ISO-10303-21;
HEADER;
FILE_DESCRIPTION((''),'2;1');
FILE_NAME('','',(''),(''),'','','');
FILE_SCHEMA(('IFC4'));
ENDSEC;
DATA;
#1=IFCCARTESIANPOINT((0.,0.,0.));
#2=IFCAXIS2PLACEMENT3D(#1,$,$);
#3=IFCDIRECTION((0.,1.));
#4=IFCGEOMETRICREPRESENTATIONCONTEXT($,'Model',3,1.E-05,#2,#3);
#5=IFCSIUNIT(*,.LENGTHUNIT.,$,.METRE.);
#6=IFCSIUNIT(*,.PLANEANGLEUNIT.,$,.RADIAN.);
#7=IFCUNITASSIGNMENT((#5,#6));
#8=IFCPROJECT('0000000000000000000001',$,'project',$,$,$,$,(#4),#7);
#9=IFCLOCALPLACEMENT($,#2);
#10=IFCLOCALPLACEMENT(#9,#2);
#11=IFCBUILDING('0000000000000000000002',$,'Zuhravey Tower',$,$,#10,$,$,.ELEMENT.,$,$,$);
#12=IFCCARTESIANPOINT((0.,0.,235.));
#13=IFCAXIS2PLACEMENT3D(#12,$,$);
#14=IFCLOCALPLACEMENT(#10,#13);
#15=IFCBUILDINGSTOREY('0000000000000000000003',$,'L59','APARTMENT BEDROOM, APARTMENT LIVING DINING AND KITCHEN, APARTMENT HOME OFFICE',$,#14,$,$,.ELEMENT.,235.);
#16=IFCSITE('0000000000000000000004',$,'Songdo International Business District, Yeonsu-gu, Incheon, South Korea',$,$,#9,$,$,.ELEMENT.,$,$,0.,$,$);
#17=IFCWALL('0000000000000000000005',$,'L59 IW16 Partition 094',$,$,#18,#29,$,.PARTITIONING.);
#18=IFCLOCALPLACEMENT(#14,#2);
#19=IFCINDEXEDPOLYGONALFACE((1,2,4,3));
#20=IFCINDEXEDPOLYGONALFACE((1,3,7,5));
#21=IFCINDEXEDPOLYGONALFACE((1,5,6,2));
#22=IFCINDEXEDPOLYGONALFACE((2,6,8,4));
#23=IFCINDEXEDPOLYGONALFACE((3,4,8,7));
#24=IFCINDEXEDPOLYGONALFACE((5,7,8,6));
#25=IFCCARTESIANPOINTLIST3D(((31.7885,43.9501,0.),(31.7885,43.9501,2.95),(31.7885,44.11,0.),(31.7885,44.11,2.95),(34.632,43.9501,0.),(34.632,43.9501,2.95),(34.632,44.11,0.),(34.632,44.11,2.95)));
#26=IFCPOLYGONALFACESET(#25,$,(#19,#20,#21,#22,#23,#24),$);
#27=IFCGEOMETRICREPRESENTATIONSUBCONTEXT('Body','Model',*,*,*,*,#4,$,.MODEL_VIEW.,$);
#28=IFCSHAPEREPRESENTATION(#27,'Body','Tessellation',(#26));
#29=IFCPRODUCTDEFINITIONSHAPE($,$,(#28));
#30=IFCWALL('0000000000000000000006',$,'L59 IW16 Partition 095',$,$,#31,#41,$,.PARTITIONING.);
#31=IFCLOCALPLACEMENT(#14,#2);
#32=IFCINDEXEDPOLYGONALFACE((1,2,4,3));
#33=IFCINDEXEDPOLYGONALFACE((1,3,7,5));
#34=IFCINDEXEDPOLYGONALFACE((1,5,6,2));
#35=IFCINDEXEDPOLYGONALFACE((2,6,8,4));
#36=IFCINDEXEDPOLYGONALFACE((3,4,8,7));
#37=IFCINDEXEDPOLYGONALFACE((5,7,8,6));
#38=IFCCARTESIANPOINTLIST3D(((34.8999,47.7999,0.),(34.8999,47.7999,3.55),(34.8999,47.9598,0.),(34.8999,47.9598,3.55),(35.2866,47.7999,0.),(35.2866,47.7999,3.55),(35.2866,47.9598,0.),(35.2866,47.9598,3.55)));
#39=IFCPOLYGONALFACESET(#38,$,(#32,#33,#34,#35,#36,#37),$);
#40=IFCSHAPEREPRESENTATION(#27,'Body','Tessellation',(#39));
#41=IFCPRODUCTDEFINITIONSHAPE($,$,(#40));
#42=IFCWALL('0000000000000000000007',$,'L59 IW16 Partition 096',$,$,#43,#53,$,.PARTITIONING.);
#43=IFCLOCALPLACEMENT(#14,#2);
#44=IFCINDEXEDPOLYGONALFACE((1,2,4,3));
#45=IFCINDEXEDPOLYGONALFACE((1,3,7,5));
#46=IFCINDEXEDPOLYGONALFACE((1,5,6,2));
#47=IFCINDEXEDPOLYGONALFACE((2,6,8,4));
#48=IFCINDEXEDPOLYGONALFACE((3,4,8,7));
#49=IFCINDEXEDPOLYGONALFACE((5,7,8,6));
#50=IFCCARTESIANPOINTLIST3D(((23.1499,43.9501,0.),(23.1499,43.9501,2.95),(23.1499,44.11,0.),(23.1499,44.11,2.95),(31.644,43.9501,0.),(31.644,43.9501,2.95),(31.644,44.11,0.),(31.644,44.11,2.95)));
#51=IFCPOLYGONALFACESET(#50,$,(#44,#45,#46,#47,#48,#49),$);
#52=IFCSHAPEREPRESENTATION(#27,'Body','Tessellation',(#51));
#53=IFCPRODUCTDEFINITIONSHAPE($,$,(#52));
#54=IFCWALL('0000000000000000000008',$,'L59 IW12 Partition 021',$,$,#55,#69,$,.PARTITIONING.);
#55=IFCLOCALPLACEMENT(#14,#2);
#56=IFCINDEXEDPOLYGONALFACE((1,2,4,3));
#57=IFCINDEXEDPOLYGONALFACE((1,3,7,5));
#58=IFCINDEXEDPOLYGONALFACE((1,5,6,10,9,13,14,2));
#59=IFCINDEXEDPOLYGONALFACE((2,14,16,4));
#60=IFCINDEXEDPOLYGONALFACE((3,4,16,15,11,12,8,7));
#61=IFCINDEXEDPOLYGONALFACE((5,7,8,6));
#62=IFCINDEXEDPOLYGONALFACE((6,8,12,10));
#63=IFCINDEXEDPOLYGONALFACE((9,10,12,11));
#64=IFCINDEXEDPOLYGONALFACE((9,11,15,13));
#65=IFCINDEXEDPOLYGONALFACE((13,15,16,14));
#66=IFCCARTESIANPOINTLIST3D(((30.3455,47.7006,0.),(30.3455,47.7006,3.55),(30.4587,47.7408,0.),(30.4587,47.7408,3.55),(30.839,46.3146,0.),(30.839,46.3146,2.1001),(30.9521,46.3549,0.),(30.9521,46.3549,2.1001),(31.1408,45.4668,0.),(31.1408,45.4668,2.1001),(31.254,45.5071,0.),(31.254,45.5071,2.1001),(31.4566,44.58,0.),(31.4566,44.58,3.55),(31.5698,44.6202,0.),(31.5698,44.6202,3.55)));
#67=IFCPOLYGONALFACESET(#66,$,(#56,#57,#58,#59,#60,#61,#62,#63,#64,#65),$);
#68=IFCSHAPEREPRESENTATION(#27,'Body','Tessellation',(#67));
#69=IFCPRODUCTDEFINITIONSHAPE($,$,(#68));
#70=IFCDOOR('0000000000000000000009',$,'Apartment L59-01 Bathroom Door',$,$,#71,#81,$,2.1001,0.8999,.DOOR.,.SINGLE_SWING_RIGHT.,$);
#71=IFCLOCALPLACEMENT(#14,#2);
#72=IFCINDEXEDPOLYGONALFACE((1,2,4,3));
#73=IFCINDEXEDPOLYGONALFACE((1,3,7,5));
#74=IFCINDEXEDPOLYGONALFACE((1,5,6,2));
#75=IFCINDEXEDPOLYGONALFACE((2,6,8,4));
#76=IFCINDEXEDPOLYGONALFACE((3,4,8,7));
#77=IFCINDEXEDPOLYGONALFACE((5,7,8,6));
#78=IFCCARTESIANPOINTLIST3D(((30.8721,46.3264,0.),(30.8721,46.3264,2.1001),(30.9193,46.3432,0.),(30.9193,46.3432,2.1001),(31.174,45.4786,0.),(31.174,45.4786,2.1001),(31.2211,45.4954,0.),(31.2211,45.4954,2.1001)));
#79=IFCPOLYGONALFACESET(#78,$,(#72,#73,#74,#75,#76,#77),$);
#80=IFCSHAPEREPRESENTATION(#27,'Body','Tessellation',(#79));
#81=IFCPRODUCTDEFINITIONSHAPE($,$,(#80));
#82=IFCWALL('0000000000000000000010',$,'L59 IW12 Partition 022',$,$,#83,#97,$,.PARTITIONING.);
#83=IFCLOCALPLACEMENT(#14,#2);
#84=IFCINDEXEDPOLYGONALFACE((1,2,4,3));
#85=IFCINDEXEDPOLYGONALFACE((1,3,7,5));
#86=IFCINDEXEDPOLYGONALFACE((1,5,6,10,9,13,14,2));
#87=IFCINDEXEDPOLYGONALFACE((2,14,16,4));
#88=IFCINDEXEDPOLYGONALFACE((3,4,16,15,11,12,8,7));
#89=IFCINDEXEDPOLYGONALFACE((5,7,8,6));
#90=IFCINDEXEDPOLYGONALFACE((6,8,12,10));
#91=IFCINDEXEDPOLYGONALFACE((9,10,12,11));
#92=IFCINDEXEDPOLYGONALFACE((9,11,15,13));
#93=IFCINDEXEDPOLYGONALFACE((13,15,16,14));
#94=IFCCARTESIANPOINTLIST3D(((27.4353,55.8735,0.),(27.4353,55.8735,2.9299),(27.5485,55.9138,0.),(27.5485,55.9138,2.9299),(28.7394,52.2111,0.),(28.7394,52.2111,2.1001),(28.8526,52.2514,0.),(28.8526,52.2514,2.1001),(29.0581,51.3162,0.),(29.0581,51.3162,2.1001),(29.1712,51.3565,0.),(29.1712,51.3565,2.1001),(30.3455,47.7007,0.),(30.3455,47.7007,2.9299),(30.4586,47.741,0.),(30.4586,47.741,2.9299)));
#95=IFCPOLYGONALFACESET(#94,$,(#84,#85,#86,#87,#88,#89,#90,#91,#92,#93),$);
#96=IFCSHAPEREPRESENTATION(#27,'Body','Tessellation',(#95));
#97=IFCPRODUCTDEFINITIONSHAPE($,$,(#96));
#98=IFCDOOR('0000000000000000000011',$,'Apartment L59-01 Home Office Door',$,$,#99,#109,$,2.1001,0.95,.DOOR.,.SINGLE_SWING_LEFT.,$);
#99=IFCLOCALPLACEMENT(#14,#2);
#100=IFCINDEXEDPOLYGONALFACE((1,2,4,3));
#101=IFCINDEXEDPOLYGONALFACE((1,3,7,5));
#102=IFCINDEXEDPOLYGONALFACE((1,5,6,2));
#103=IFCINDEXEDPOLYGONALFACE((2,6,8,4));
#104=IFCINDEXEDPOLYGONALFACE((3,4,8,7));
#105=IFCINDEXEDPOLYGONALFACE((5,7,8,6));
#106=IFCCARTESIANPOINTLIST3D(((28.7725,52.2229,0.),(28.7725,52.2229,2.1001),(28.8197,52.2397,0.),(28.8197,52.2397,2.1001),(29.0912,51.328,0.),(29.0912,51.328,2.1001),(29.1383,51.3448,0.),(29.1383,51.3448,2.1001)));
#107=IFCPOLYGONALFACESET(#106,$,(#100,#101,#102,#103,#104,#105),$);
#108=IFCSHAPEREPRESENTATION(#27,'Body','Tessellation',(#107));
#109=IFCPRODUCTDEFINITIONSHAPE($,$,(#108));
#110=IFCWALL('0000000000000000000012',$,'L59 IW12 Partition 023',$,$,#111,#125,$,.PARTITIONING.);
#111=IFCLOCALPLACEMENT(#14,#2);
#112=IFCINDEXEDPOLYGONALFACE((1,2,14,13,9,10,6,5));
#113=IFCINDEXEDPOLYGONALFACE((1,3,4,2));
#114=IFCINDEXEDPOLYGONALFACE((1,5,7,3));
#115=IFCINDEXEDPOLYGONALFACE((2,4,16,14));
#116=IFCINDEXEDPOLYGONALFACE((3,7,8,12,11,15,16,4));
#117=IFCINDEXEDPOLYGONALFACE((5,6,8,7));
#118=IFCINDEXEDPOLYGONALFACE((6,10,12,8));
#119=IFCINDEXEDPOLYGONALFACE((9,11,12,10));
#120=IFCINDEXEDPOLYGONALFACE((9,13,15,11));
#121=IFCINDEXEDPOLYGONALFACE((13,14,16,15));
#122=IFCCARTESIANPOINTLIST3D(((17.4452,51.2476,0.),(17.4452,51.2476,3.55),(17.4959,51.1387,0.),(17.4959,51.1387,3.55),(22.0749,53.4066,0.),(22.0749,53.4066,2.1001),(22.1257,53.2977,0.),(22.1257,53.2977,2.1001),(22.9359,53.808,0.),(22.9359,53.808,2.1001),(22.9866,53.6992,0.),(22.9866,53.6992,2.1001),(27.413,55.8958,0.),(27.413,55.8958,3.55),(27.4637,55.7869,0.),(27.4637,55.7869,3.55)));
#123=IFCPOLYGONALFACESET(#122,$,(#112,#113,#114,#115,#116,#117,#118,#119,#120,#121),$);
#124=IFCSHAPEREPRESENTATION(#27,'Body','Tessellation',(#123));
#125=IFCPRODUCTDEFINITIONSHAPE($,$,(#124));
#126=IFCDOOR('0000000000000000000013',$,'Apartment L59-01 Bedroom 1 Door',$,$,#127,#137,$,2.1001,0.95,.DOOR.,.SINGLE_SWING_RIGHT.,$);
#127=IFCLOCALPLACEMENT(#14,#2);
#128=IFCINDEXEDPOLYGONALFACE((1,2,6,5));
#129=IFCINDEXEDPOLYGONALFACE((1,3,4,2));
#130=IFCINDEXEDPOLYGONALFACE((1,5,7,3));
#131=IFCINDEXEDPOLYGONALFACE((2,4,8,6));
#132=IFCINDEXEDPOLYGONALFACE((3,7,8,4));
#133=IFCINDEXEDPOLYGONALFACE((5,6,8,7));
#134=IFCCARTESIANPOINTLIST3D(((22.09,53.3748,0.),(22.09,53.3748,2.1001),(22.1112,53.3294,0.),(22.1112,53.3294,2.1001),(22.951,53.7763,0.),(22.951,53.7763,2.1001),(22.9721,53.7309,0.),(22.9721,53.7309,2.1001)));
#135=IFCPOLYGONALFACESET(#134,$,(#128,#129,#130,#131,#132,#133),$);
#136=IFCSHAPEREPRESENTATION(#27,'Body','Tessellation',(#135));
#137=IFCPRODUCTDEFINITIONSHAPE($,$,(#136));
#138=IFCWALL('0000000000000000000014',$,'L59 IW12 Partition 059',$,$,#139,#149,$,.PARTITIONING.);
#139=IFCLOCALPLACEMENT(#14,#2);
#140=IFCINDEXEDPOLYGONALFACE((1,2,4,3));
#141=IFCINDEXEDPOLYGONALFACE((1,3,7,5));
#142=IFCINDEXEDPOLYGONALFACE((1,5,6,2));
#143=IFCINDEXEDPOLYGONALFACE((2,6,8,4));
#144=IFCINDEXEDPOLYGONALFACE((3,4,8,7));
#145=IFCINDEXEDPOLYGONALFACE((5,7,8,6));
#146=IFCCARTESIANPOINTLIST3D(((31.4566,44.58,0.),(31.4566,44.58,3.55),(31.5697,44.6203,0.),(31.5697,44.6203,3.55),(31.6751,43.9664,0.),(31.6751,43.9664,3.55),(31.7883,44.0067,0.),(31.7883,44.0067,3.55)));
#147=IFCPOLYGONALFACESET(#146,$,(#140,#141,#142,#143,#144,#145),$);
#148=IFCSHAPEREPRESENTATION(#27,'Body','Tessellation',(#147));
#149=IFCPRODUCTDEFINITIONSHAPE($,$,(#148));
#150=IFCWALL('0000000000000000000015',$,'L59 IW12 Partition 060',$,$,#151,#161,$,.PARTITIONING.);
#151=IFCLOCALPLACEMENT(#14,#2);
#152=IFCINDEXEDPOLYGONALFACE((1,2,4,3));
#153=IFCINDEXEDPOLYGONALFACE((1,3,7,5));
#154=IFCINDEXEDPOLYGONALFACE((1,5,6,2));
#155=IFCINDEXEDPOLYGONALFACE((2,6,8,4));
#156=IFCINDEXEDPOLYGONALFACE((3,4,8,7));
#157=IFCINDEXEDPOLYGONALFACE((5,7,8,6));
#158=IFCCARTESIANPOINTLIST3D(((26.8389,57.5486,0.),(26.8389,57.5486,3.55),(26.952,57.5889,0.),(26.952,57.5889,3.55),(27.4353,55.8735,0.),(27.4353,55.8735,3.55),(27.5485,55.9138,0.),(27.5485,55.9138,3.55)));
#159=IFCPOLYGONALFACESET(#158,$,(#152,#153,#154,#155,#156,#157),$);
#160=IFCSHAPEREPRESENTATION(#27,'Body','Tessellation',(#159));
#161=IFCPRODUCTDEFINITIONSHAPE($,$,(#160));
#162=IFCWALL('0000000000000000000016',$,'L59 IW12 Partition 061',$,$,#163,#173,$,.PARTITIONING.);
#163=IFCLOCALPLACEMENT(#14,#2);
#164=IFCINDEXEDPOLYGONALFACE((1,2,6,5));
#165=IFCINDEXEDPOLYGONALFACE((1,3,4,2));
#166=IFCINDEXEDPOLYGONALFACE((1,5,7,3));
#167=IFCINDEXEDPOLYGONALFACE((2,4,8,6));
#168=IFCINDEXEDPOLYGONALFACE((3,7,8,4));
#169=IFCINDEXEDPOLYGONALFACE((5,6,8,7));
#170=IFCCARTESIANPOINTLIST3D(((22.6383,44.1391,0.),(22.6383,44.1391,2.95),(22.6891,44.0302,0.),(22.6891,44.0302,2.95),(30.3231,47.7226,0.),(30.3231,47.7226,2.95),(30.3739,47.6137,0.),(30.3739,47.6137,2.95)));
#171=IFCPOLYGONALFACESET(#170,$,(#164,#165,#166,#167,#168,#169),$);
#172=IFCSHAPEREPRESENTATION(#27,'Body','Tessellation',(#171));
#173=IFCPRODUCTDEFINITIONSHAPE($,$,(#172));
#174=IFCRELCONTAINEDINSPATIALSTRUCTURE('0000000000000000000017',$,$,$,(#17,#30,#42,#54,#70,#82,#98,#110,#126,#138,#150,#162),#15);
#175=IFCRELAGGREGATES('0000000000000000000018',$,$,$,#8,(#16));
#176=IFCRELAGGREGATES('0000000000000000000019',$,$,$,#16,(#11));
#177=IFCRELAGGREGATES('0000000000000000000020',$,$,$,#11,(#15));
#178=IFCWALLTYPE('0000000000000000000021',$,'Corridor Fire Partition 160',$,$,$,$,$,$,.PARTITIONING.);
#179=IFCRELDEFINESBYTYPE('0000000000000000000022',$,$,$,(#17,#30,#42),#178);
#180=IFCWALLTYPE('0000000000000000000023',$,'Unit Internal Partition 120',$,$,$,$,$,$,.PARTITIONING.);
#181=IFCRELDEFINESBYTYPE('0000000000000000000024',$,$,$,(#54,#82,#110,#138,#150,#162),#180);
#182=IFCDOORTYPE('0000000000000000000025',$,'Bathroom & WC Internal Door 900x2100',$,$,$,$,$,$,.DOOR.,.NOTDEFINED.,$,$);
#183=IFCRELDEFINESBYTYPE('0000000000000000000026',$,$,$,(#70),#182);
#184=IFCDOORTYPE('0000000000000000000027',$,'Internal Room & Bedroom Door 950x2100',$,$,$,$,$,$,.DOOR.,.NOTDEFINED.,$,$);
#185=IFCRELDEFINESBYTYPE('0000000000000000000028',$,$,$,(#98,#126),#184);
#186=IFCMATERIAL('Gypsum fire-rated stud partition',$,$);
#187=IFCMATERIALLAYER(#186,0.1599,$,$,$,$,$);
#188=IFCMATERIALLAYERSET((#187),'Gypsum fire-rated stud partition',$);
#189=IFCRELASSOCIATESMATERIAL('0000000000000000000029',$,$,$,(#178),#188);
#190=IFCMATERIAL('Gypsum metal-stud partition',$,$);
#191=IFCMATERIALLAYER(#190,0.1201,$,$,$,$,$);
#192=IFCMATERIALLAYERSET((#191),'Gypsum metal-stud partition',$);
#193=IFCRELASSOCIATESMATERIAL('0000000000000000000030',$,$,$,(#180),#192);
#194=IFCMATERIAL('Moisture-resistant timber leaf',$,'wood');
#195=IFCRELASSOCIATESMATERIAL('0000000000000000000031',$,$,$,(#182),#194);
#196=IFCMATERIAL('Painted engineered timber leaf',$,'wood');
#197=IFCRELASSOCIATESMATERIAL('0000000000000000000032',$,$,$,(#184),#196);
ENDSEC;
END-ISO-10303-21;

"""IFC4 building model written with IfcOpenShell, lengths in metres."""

from ifc_helpers import new_model, si_unit, direction, frame, frame_2d, origin, place, context, subcontext, project, spatial, rectangle, extrude, material, layer, layer_set, type_object, element, fill, save


model = new_model("IFC4")

# Units and contexts
model_context = context("Model", 3, precision=1e-05, world=origin(), true_north=direction((0.0, 1.0)))
body_context = subcontext(model_context, "Body", "Model", "MODEL_VIEW")
ifc_project = project(units=[si_unit("LENGTHUNIT", "METRE"), si_unit("PLANEANGLEUNIT", "RADIAN")], contexts=[model_context])

# Site, building, storey
site_placement = place(None, origin())
site = spatial("IfcSite", under=ifc_project, at=site_placement, Name="Songdo International Business District, Yeonsu-gu, Incheon, South Korea", CompositionType="ELEMENT", RefElevation=0.0)
building_placement = place(site_placement, origin())
building = spatial("IfcBuilding", under=site, at=building_placement, Name="Zuhravey Tower", CompositionType="ELEMENT")
storey_placement = place(building_placement, frame((0.0, 0.0, 235.0)))
storey = spatial("IfcBuildingStorey", under=building, at=storey_placement, Name="L59", Description="APARTMENT BEDROOM, APARTMENT LIVING DINING AND KITCHEN, APARTMENT HOME OFFICE", CompositionType="ELEMENT", Elevation=235.0)

# Shared definitions
ifc_material_1 = material(Name="Gypsum fire-rated stud partition")
ifc_layer_1 = layer(ifc_material_1, 0.1599)
ifc_layer_set_1 = layer_set([ifc_layer_1], Name="Gypsum fire-rated stud partition")
wall_type_1 = type_object("IfcWallType", Name="Corridor Fire Partition 160", PredefinedType="PARTITIONING", material=ifc_layer_set_1)

# Walls
wall_1_placement = place(storey_placement, frame((34.6321, 44.03, 0.0), z_axis=(0.0, 0.0, 1.0), x_axis=(-1.0, 0.0, 0.0)))
element("IfcWall", 1, at=wall_1_placement, inside=storey, type_object=wall_type_1, Name="L59 IW16 Partition 094", PredefinedType="PARTITIONING", context=body_context, shape_type="SweptSolid", body=[
    extrude(rectangle(XDim=2.8435, YDim=0.1599, at=frame_2d((1.4219, 0.0))), origin(), (0.0, 0.0, 1.0), 2.95),
])
wall_2_placement = place(storey_placement, frame((35.2866, 47.8799, 0.0), z_axis=(0.0, 0.0, 1.0), x_axis=(-1.0, 0.0, 0.0)))
element("IfcWall", 2, at=wall_2_placement, inside=storey, type_object=wall_type_1, Name="L59 IW16 Partition 095", PredefinedType="PARTITIONING", context=body_context, shape_type="SweptSolid", body=[
    extrude(rectangle(XDim=0.3867, YDim=0.1599, at=frame_2d((0.1934, 0.0))), origin(), (0.0, 0.0, 1.0), 3.55),
])
wall_3_placement = place(storey_placement, frame((31.644, 44.03, 0.0), z_axis=(0.0, 0.0, 1.0), x_axis=(-1.0, 0.0, 0.0)))
element("IfcWall", 3, at=wall_3_placement, inside=storey, type_object=wall_type_1, Name="L59 IW16 Partition 096", PredefinedType="PARTITIONING", context=body_context, shape_type="SweptSolid", body=[
    extrude(rectangle(XDim=8.4941, YDim=0.1599, at=frame_2d((4.2471, 0.0))), origin(), (0.0, 0.0, 1.0), 2.95),
])

# Walls, openings, doors
ifc_material_2 = material(Name="Gypsum metal-stud partition")
ifc_layer_2 = layer(ifc_material_2, 0.1201)
ifc_layer_set_2 = layer_set([ifc_layer_2], Name="Gypsum metal-stud partition")
wall_type_2 = type_object("IfcWallType", Name="Unit Internal Partition 120", PredefinedType="PARTITIONING", material=ifc_layer_set_2)
wall_4_placement = place(storey_placement, frame((31.5132, 44.6001, 0.0), z_axis=(0.0, 0.0, 1.0), x_axis=(-0.335421, 0.942068, 0.0)))
wall_4 = element("IfcWall", 4, at=wall_4_placement, inside=storey, type_object=wall_type_2, Name="L59 IW12 Partition 021", PredefinedType="PARTITIONING", context=body_context, shape_type="SweptSolid", body=[
    extrude(rectangle(XDim=3.3125, YDim=0.1201, at=frame_2d((1.6562, 0.0))), origin(), (0.0, 0.0, 1.0), 3.55),
])
opening_1_placement = place(wall_4_placement, frame((0.9414, 0.0, 0.0)))
opening_1 = element("IfcOpeningElement", 5, at=opening_1_placement, cuts=wall_4, PredefinedType="OPENING", context=body_context, shape_type="SweptSolid", body=[
    extrude(rectangle(XDim=0.8999, YDim=2.1001, at=frame_2d((0.45, 1.05))), frame((0.0, 0.072, 0.0), z_axis=(0.0, -1.0, 0.0), x_axis=(1.0, 0.0, 0.0)), (0.0, 0.0, 1.0), 0.144),
])
ifc_material_3 = material(Name="Moisture-resistant timber leaf", Category="wood")
door_type_1 = type_object("IfcDoorType", Name="Bathroom & WC Internal Door 900x2100", OperationType="NOTDEFINED", PredefinedType="DOOR", material=ifc_material_3)
door_1_placement = place(opening_1_placement, origin())
door_1 = element("IfcDoor", 6, at=door_1_placement, inside=storey, type_object=door_type_1, Name="Apartment L59-01 Bathroom Door", OperationType="SINGLE_SWING_RIGHT", OverallHeight=2.1001, OverallWidth=0.8999, PredefinedType="DOOR", context=body_context, shape_type="SweptSolid", body=[
    extrude(rectangle(XDim=0.8999, YDim=2.1001, at=frame_2d((0.45, 1.05))), frame((0.0, 0.0249, 0.0), z_axis=(0.0, -1.0, 0.0), x_axis=(1.0, 0.0, 0.0)), (0.0, 0.0, 1.0), 0.05),
])
fill(opening_1, door_1)
wall_5_placement = place(storey_placement, frame((30.4021, 47.7207, 0.0), z_axis=(0.0, 0.0, 1.0), x_axis=(-0.335445, 0.94206, 0.0)))
wall_5 = element("IfcWall", 7, at=wall_5_placement, inside=storey, type_object=wall_type_2, Name="L59 IW12 Partition 022", PredefinedType="PARTITIONING", context=body_context, shape_type="SweptSolid", body=[
    extrude(rectangle(XDim=8.6755, YDim=0.1201, at=frame_2d((4.3379, 0.0))), origin(), (0.0, 0.0, 1.0), 2.9299),
])
opening_2_placement = place(wall_5_placement, frame((3.8379, 0.0, 0.0)))
opening_2 = element("IfcOpeningElement", 8, at=opening_2_placement, cuts=wall_5, PredefinedType="OPENING", context=body_context, shape_type="SweptSolid", body=[
    extrude(rectangle(XDim=0.95, YDim=2.1001, at=frame_2d((0.4751, 1.05))), frame((0.0, 0.072, 0.0), z_axis=(0.0, -1.0, 0.0), x_axis=(1.0, 0.0, 0.0)), (0.0, 0.0, 1.0), 0.144),
])
ifc_material_4 = material(Name="Painted engineered timber leaf", Category="wood")
door_type_2 = type_object("IfcDoorType", Name="Internal Room & Bedroom Door 950x2100", OperationType="NOTDEFINED", PredefinedType="DOOR", material=ifc_material_4)
door_2_placement = place(opening_2_placement, origin())
door_2 = element("IfcDoor", 9, at=door_2_placement, inside=storey, type_object=door_type_2, Name="Apartment L59-01 Home Office Door", OperationType="SINGLE_SWING_LEFT", OverallHeight=2.1001, OverallWidth=0.95, PredefinedType="DOOR", context=body_context, shape_type="SweptSolid", body=[
    extrude(rectangle(XDim=0.95, YDim=2.1001, at=frame_2d((0.4751, 1.05))), frame((0.0, 0.0249, 0.0), z_axis=(0.0, -1.0, 0.0), x_axis=(1.0, 0.0, 0.0)), (0.0, 0.0, 1.0), 0.05),
])
fill(opening_2, door_2)
wall_6_placement = place(storey_placement, frame((27.4382, 55.8413, 0.0), z_axis=(0.0, 0.0, 1.0), x_axis=(-0.906303, -0.422629, 0.0)))
wall_6 = element("IfcWall", 10, at=wall_6_placement, inside=storey, type_object=wall_type_2, Name="L59 IW12 Partition 023", PredefinedType="PARTITIONING", context=body_context, shape_type="SweptSolid", body=[
    extrude(rectangle(XDim=10.9983, YDim=0.1201, at=frame_2d((5.499, 0.0))), origin(), (0.0, 0.0, 1.0), 3.55),
])
opening_3_placement = place(wall_6_placement, frame((4.9397, 0.0, 0.0)))
opening_3 = element("IfcOpeningElement", 11, at=opening_3_placement, cuts=wall_6, PredefinedType="OPENING", context=body_context, shape_type="SweptSolid", body=[
    extrude(rectangle(XDim=0.95, YDim=2.1001, at=frame_2d((0.4751, 1.05))), frame((0.0, 0.072, 0.0), z_axis=(0.0, -1.0, 0.0), x_axis=(1.0, 0.0, 0.0)), (0.0, 0.0, 1.0), 0.144),
])
door_3_placement = place(opening_3_placement, frame((0.95, 0.0, 0.0), z_axis=(0.0, 0.0, 1.0), x_axis=(-1.0, 0.0, 0.0)))
door_3 = element("IfcDoor", 12, at=door_3_placement, inside=storey, type_object=door_type_2, Name="Apartment L59-01 Bedroom 1 Door", OperationType="SINGLE_SWING_RIGHT", OverallHeight=2.1001, OverallWidth=0.95, PredefinedType="DOOR", context=body_context, shape_type="SweptSolid", body=[
    extrude(rectangle(XDim=0.95, YDim=2.1001, at=frame_2d((0.4751, 1.05))), frame((0.0, 0.0249, 0.0), z_axis=(0.0, -1.0, 0.0), x_axis=(1.0, 0.0, 0.0)), (0.0, 0.0, 1.0), 0.05),
])
fill(opening_3, door_3)

# Walls
wall_7_placement = place(storey_placement, frame((31.7317, 43.9866, 0.0), z_axis=(0.0, 0.0, 1.0), x_axis=(-0.335505, 0.942038, 0.0)))
element("IfcWall", 13, at=wall_7_placement, inside=storey, type_object=wall_type_2, Name="L59 IW12 Partition 059", PredefinedType="PARTITIONING", context=body_context, shape_type="SweptSolid", body=[
    extrude(rectangle(XDim=0.6514, YDim=0.1201, at=frame_2d((0.3257, 0.0))), origin(), (0.0, 0.0, 1.0), 3.55),
])
wall_8_placement = place(storey_placement, frame((27.4919, 55.8936, 0.0), z_axis=(0.0, 0.0, 1.0), x_axis=(-0.33544, 0.942061, 0.0)))
element("IfcWall", 14, at=wall_8_placement, inside=storey, type_object=wall_type_2, Name="L59 IW12 Partition 060", PredefinedType="PARTITIONING", context=body_context, shape_type="SweptSolid", body=[
    extrude(rectangle(XDim=1.7781, YDim=0.1201, at=frame_2d((0.8892, 0.0))), origin(), (0.0, 0.0, 1.0), 3.55),
])
wall_9_placement = place(storey_placement, frame((30.3486, 47.6682, 0.0), z_axis=(0.0, 0.0, 1.0), x_axis=(-0.906307, -0.422619, 0.0)))
element("IfcWall", 15, at=wall_9_placement, inside=storey, type_object=wall_type_2, Name="L59 IW12 Partition 061", PredefinedType="PARTITIONING", context=body_context, shape_type="SweptSolid", body=[
    extrude(rectangle(XDim=8.4792, YDim=0.1201, at=frame_2d((4.2397, 0.0))), origin(), (0.0, 0.0, 1.0), 2.95),
])

save(model, "model.ifc")
